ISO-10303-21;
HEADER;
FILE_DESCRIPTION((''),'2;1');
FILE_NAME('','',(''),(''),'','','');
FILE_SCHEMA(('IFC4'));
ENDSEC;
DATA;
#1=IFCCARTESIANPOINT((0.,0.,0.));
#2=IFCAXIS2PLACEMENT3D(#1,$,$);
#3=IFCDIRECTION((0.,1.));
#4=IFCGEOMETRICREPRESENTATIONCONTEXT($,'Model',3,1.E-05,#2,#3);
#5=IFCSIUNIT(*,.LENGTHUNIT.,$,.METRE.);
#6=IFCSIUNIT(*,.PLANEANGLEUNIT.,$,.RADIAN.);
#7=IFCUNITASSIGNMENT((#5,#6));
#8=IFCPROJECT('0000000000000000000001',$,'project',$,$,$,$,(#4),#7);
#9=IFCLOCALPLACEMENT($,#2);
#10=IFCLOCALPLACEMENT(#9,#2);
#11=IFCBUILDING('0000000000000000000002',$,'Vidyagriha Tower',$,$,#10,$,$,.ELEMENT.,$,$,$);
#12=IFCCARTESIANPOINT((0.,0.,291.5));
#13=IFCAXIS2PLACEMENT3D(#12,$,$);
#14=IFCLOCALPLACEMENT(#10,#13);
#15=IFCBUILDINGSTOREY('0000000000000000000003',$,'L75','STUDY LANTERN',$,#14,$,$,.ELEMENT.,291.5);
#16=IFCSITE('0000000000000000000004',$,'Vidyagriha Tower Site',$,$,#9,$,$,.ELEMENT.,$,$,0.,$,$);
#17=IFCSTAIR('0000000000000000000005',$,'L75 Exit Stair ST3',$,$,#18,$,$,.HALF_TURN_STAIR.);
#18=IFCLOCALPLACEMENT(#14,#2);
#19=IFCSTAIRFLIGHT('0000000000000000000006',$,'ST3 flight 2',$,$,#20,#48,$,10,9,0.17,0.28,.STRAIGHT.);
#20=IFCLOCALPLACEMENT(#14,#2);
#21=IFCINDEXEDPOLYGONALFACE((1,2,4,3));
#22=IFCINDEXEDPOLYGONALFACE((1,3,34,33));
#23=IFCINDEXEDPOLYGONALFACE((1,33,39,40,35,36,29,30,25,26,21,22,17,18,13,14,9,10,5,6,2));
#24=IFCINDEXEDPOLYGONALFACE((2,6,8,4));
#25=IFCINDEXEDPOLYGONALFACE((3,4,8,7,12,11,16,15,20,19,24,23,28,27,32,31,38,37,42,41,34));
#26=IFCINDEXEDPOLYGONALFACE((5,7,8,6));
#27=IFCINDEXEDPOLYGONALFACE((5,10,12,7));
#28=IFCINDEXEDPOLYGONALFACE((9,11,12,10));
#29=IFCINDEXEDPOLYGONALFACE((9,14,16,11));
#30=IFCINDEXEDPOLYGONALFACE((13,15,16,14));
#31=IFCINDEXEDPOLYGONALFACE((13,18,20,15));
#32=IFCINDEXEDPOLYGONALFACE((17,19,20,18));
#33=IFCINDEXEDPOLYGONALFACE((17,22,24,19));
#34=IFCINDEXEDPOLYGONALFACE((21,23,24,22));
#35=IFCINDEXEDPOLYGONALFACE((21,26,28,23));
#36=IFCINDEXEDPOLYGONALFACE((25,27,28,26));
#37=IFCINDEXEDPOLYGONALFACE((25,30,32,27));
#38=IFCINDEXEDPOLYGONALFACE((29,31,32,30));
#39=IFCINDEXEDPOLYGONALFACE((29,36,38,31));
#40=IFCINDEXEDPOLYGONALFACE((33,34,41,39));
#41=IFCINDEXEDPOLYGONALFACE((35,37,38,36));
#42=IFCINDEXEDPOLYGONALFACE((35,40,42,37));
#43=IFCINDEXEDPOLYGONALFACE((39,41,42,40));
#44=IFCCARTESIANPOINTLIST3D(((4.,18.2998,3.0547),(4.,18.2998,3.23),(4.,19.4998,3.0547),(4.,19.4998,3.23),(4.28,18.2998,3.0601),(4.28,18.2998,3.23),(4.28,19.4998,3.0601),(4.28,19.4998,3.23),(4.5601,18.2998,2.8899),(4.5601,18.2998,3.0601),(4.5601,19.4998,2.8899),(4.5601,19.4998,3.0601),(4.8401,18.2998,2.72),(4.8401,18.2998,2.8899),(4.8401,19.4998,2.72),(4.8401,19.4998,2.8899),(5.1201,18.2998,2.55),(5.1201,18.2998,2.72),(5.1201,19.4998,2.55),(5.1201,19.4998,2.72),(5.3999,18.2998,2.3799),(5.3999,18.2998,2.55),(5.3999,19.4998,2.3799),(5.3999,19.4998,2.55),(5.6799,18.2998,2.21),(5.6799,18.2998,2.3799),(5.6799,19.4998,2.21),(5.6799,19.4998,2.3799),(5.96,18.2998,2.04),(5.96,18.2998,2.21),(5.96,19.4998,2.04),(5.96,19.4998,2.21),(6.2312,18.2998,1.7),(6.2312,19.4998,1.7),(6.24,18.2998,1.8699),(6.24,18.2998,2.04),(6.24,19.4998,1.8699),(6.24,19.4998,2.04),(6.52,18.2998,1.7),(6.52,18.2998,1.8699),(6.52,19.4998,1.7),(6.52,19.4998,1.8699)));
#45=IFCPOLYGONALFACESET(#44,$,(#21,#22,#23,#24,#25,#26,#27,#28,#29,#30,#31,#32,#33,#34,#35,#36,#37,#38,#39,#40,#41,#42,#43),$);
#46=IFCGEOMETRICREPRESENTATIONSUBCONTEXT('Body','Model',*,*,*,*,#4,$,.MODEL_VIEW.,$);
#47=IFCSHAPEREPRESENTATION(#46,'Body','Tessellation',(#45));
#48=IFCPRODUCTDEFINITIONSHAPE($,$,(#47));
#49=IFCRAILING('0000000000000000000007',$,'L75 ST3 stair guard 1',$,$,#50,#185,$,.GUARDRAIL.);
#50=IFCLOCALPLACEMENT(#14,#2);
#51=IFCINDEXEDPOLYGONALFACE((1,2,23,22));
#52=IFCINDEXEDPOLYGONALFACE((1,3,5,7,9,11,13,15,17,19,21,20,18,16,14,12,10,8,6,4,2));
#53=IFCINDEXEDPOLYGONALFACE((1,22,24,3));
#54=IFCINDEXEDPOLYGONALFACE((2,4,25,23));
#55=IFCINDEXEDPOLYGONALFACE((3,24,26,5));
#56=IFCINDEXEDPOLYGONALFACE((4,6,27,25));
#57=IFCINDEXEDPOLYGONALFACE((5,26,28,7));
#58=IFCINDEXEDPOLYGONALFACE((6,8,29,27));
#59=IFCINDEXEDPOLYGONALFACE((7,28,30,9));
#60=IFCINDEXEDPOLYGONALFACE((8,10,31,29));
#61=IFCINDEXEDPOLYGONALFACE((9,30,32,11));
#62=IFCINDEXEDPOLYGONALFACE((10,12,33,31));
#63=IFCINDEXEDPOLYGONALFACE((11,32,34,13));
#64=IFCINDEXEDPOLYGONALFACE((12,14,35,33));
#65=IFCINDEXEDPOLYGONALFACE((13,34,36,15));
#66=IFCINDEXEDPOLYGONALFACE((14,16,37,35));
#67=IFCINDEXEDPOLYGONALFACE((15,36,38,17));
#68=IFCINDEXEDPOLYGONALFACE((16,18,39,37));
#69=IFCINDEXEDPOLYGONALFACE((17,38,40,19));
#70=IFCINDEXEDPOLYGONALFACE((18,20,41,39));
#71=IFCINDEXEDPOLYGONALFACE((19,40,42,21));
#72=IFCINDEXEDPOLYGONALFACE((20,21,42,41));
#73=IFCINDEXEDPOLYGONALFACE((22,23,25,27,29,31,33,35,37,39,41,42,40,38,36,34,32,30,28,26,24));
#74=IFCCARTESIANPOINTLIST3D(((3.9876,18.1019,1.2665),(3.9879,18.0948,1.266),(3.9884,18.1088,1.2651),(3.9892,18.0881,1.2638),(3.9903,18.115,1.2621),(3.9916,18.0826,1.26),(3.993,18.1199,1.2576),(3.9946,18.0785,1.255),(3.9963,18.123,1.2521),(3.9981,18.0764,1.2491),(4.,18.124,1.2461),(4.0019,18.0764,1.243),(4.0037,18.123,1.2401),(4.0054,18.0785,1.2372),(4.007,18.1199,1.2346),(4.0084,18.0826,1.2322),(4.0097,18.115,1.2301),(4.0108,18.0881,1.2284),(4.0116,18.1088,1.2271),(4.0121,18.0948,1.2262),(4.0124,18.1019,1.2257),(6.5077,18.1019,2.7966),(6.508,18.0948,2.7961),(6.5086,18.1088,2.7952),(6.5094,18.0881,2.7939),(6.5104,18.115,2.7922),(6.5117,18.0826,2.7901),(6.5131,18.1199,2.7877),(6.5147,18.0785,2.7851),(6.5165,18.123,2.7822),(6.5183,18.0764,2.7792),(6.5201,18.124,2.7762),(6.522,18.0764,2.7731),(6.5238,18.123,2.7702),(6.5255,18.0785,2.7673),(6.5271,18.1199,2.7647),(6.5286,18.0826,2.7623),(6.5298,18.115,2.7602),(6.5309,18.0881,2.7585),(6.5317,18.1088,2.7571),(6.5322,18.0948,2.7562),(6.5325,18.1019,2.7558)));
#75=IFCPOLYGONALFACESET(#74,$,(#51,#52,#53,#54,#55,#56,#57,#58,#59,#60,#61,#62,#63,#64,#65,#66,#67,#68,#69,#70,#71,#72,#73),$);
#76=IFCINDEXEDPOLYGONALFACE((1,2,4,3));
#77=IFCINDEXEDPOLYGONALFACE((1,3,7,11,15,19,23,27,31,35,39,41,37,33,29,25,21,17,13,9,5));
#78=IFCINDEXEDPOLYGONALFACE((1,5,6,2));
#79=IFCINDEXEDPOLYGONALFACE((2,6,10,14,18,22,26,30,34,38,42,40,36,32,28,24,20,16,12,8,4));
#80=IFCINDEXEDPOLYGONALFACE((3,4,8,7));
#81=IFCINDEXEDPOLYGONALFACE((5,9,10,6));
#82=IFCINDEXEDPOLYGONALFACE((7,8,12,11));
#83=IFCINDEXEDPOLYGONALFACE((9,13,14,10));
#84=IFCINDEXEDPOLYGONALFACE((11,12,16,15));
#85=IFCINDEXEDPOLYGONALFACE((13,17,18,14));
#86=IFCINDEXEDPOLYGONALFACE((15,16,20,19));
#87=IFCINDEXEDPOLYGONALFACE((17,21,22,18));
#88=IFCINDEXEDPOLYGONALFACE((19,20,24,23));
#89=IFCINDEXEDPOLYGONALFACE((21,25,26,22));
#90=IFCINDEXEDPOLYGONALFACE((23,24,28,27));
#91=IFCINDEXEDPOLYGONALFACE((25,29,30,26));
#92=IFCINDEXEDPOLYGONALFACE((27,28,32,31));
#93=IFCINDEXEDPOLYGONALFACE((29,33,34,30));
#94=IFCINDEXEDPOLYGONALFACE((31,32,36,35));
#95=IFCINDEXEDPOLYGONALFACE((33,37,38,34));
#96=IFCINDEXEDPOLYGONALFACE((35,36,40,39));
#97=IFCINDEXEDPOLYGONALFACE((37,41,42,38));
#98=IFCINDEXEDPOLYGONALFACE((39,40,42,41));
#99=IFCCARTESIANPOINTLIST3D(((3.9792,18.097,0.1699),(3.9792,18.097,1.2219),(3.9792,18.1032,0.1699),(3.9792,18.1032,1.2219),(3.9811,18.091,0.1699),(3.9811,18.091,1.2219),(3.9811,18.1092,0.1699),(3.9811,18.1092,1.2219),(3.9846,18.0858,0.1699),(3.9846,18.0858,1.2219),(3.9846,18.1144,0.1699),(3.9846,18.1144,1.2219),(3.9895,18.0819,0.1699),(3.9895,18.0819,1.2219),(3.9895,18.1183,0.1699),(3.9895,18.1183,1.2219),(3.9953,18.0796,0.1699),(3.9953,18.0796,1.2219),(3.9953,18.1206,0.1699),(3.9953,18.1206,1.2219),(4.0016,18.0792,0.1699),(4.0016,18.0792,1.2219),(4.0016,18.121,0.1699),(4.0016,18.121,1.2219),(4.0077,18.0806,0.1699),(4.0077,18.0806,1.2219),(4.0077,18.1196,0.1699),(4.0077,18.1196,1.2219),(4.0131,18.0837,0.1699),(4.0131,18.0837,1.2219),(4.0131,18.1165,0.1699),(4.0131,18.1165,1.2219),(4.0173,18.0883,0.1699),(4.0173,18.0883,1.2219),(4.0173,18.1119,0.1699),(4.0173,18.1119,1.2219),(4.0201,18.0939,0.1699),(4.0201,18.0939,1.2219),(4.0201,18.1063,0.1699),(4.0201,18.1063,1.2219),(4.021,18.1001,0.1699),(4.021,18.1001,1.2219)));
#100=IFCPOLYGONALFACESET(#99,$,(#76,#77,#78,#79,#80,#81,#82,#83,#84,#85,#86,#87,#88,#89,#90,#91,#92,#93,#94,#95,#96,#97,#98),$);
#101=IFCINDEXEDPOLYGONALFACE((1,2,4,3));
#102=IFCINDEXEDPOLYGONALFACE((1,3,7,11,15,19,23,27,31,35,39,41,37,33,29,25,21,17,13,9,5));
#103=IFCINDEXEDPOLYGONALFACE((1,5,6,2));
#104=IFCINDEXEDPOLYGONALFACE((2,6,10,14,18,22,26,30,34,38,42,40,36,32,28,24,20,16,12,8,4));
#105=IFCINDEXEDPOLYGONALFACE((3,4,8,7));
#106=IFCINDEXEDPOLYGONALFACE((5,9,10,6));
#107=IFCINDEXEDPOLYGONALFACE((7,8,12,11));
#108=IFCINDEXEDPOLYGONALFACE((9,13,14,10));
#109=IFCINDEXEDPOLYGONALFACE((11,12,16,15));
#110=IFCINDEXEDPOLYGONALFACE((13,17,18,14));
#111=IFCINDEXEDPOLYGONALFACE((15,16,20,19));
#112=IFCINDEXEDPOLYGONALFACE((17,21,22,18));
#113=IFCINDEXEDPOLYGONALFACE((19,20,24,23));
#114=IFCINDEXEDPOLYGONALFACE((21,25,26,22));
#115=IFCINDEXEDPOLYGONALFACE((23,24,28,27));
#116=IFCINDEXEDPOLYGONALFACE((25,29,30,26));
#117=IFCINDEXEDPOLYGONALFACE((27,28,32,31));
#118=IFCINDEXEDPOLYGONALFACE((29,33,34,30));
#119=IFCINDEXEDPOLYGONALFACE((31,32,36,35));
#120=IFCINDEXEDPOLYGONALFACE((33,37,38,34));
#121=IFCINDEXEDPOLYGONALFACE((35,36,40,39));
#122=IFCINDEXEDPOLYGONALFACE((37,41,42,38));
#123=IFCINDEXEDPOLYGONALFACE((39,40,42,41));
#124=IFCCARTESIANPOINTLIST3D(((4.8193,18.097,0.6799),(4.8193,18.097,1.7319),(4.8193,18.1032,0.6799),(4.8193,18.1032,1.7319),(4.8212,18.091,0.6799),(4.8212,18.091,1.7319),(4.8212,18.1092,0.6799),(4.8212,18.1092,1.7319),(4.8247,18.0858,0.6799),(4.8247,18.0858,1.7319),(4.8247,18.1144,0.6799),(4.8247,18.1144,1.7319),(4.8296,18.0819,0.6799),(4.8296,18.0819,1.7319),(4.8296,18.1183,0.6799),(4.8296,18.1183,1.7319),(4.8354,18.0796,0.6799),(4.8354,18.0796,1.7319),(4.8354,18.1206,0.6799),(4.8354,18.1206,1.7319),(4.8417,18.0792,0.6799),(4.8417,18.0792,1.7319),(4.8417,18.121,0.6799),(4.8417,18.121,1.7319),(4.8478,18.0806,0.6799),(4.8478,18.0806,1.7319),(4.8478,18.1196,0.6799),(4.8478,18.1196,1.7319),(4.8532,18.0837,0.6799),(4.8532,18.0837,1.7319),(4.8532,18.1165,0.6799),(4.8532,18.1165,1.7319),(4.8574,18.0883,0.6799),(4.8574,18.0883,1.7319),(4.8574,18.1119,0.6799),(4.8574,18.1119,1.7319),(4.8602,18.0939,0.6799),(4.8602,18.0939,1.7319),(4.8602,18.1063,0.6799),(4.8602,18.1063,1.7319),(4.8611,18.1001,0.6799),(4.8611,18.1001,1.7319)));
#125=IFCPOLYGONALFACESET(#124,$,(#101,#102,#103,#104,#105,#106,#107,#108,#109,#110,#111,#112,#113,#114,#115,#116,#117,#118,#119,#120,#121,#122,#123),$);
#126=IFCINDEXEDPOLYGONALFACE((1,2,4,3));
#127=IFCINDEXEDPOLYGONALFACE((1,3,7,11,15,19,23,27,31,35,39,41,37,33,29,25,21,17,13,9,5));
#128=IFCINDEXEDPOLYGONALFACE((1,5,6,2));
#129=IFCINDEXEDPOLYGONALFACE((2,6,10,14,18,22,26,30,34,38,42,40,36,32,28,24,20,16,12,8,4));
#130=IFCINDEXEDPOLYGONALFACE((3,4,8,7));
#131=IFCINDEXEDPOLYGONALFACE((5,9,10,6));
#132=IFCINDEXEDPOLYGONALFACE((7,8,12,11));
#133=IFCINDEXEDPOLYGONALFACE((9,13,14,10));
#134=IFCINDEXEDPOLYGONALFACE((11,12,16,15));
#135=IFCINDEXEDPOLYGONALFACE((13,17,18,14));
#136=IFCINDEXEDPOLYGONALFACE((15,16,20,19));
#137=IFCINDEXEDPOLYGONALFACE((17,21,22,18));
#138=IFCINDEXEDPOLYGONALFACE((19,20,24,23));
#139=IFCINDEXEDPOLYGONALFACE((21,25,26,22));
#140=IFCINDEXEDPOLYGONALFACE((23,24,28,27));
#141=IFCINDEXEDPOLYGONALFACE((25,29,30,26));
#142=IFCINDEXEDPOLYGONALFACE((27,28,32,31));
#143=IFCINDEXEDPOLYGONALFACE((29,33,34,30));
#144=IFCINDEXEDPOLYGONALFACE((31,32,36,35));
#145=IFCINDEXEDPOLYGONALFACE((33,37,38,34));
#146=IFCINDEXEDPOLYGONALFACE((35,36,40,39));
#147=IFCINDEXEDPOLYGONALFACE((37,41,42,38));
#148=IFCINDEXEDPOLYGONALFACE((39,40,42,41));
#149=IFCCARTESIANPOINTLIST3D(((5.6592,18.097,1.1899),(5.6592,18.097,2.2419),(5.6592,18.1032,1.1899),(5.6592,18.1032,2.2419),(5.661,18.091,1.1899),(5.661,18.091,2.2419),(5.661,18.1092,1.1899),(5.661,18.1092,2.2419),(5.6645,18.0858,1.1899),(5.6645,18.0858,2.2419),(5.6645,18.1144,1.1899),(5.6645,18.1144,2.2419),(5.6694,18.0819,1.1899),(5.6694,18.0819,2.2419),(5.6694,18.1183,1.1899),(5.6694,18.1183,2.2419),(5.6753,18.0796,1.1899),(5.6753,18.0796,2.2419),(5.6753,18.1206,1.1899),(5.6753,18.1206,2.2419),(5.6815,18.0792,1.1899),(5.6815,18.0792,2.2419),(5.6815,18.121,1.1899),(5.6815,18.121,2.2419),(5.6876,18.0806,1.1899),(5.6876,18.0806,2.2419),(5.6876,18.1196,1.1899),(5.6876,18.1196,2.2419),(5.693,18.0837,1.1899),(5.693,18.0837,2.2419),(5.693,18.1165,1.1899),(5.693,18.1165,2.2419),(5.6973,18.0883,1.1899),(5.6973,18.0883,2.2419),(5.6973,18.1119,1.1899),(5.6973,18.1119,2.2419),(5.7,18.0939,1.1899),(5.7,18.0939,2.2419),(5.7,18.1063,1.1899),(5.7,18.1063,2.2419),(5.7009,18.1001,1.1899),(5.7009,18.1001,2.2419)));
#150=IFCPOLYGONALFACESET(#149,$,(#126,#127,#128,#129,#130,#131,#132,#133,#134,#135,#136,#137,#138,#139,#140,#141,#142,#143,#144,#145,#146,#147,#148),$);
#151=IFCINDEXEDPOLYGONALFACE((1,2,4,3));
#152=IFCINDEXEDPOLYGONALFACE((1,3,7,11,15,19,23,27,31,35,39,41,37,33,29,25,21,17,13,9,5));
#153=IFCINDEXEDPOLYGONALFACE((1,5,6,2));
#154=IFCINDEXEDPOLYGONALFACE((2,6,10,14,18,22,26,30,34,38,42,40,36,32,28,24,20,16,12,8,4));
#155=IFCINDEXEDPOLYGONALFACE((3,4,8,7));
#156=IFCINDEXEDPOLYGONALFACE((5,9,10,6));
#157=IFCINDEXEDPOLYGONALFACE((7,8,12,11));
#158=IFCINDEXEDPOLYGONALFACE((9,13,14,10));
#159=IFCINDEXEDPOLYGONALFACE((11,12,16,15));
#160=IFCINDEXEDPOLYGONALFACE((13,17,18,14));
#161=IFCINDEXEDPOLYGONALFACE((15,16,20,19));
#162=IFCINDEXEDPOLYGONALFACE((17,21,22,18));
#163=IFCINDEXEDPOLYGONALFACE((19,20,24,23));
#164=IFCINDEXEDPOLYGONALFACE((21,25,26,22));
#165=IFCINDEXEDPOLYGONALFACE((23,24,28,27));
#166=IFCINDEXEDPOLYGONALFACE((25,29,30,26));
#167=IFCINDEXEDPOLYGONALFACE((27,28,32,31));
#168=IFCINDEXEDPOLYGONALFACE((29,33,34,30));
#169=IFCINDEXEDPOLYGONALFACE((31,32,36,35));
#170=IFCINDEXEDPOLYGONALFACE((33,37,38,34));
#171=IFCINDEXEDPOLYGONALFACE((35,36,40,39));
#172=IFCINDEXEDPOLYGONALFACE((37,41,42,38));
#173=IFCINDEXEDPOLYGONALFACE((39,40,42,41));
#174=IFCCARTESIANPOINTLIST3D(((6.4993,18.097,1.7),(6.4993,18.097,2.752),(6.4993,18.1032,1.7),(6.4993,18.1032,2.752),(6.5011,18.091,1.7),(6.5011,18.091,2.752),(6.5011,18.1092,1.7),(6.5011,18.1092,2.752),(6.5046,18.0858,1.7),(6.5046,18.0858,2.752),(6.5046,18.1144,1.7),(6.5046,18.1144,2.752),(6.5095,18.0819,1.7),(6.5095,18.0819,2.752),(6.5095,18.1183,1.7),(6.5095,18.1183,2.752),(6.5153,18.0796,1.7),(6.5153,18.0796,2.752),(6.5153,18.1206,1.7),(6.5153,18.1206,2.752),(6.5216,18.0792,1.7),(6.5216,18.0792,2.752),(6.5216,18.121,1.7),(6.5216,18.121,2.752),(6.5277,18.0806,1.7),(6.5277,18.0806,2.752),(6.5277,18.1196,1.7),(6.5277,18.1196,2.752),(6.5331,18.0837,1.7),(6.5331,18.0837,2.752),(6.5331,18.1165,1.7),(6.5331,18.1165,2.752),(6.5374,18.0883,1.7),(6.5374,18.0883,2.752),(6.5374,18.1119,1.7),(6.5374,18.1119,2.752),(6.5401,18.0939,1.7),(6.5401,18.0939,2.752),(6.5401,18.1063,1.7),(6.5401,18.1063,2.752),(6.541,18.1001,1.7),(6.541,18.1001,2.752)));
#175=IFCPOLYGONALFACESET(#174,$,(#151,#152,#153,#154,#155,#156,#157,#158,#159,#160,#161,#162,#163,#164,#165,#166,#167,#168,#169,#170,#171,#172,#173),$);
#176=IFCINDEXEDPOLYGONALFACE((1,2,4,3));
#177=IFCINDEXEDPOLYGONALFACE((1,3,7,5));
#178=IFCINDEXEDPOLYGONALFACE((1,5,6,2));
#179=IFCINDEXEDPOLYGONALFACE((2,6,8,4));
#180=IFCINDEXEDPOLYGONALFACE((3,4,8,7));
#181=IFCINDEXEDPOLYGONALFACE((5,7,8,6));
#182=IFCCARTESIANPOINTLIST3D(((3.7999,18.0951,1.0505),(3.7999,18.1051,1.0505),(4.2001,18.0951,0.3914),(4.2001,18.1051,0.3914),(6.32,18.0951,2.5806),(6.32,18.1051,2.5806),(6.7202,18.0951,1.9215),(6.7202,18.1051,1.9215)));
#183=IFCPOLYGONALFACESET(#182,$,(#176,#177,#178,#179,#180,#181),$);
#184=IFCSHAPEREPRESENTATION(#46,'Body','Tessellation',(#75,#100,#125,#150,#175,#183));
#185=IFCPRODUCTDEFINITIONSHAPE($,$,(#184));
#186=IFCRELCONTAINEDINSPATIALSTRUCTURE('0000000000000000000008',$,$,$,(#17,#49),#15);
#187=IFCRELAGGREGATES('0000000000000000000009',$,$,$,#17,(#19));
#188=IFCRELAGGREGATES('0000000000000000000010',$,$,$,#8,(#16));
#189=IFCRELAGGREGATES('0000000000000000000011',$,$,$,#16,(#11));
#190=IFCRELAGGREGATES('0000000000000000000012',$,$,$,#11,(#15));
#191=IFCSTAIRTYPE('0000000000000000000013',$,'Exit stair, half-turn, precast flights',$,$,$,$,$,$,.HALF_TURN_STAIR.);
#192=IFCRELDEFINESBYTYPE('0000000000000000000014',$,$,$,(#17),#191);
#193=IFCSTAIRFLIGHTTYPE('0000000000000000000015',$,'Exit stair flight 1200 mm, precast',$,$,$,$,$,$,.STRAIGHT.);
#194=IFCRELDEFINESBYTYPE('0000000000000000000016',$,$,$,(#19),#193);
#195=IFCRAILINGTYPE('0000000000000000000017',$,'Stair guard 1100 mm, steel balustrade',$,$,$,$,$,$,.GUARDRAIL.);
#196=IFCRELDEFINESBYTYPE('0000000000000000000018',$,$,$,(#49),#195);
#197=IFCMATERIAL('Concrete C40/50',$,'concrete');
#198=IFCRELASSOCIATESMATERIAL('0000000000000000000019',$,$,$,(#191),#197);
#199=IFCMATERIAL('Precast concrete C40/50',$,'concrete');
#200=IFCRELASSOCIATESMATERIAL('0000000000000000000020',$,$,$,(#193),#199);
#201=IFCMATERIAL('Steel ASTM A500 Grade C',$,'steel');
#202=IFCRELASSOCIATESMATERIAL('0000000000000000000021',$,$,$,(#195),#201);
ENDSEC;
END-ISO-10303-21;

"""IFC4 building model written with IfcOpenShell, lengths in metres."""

from ifc_helpers import new_model, si_unit, direction, frame, origin, origin_2d, place, context, subcontext, project, spatial, polyline, rectangle, circle, outline, extrude, material, type_object, element, aggregate, save


model = new_model("IFC4")

# Units and contexts
model_context = context("Model", 3, precision=1e-05, world=origin(), true_north=direction((0.0, 1.0)))
body_context = subcontext(model_context, "Body", "Model", "MODEL_VIEW")
ifc_project = project(units=[si_unit("LENGTHUNIT", "METRE"), si_unit("PLANEANGLEUNIT", "RADIAN")], contexts=[model_context])

# Site, building, storey
site_placement = place(None, origin())
site = spatial("IfcSite", under=ifc_project, at=site_placement, Name="Vidyagriha Tower Site", CompositionType="ELEMENT", RefElevation=0.0)
building_placement = place(site_placement, origin())
building = spatial("IfcBuilding", under=site, at=building_placement, Name="Vidyagriha Tower", CompositionType="ELEMENT")
storey_placement = place(building_placement, frame((0.0, 0.0, 291.5)))
storey = spatial("IfcBuildingStorey", under=building, at=storey_placement, Name="L75", Description="STUDY LANTERN", CompositionType="ELEMENT", Elevation=291.5)

# Stair, stair flight
ifc_material_1 = material(Name="Concrete C40/50", Category="concrete")
stair_type = type_object("IfcStairType", Name="Exit stair, half-turn, precast flights", PredefinedType="HALF_TURN_STAIR", material=ifc_material_1)
stair_placement = place(storey_placement, origin())
stair = element("IfcStair", 1, at=stair_placement, inside=storey, type_object=stair_type, Name="L75 Exit Stair ST3", PredefinedType="HALF_TURN_STAIR")
ifc_material_2 = material(Name="Precast concrete C40/50", Category="concrete")
stair_flight_type = type_object("IfcStairFlightType", Name="Exit stair flight 1200 mm, precast", PredefinedType="STRAIGHT", material=ifc_material_2)
stair_flight_1_placement = place(storey_placement, frame((6.52, 18.8999, 1.7), z_axis=(0.0, 0.0, 1.0), x_axis=(-1.0, 0.0, 0.0)))
stair_flight_1 = element("IfcStairFlight", 2, at=stair_flight_1_placement, type_object=stair_flight_type, Name="ST3 flight 2", NumberOfRisers=10, NumberOfTreads=9, PredefinedType="STRAIGHT", RiserHeight=0.17, TreadLength=0.28, context=body_context, shape_type="SweptSolid", body=[
    extrude(outline(polyline([(0.0, 0.0), (0.0, 0.1699), (0.28, 0.1699), (0.28, 0.3401), (0.5601, 0.3401), (0.5601, 0.51), (0.8401, 0.51), (0.8401, 0.6799), (1.1201, 0.6799), (1.1201, 0.8501), (1.3999, 0.8501), (1.3999, 1.02), (1.6799, 1.02), (1.6799, 1.1899), (1.96, 1.1899), (1.96, 1.3601), (2.24, 1.3601), (2.24, 1.53), (2.52, 1.53), (2.52, 1.7), (2.52, 1.3547), (0.2888, 0.0), (0.0, 0.0)])), frame((0.0, 0.6001, 0.0), z_axis=(0.0, -1.0, 0.0), x_axis=(1.0, 0.0, 0.0)), (0.0, 0.0, 1.0), 1.2),
])
aggregate(stair, [stair_flight_1])

# Railing
ifc_material_3 = material(Name="Steel ASTM A500 Grade C", Category="steel")
railing_type_1 = type_object("IfcRailingType", Name="Stair guard 1100 mm, steel balustrade", PredefinedType="GUARDRAIL", material=ifc_material_3)
railing_1_placement = place(storey_placement, frame((4.0, 18.1001, 0.1699)))
element("IfcRailing", 3, at=railing_1_placement, inside=storey, type_object=railing_type_1, Name="L75 ST3 stair guard 1", PredefinedType="GUARDRAIL", context=body_context, shape_type="SweptSolid", body=[
    extrude(circle(Radius=0.0239, at=origin_2d()), frame((0.0, 0.0, 1.0762), z_axis=(0.854785, 0.0, 0.518982), x_axis=(0.0, 1.0, 0.0)), (0.0, 0.0, 1.0), 2.9482),
    extrude(circle(Radius=0.021, at=origin_2d()), origin(), (0.0, 0.0, 1.0), 1.052),
    extrude(circle(Radius=0.021, at=origin_2d()), frame((0.8401, 0.0, 0.51)), (0.0, 0.0, 1.0), 1.052),
    extrude(circle(Radius=0.021, at=origin_2d()), frame((1.6799, 0.0, 1.02)), (0.0, 0.0, 1.0), 1.052),
    extrude(circle(Radius=0.021, at=origin_2d()), frame((2.52, 0.0, 1.53)), (0.0, 0.0, 1.0), 1.052),
    extrude(rectangle(XDim=0.01, YDim=0.771, at=origin_2d()), frame((0.0, 0.0, 0.551), z_axis=(0.854785, 0.0, 0.518982), x_axis=(0.0, 1.0, 0.0)), (0.0, 0.0, 1.0), 2.9482),
])

save(model, "model.ifc")
